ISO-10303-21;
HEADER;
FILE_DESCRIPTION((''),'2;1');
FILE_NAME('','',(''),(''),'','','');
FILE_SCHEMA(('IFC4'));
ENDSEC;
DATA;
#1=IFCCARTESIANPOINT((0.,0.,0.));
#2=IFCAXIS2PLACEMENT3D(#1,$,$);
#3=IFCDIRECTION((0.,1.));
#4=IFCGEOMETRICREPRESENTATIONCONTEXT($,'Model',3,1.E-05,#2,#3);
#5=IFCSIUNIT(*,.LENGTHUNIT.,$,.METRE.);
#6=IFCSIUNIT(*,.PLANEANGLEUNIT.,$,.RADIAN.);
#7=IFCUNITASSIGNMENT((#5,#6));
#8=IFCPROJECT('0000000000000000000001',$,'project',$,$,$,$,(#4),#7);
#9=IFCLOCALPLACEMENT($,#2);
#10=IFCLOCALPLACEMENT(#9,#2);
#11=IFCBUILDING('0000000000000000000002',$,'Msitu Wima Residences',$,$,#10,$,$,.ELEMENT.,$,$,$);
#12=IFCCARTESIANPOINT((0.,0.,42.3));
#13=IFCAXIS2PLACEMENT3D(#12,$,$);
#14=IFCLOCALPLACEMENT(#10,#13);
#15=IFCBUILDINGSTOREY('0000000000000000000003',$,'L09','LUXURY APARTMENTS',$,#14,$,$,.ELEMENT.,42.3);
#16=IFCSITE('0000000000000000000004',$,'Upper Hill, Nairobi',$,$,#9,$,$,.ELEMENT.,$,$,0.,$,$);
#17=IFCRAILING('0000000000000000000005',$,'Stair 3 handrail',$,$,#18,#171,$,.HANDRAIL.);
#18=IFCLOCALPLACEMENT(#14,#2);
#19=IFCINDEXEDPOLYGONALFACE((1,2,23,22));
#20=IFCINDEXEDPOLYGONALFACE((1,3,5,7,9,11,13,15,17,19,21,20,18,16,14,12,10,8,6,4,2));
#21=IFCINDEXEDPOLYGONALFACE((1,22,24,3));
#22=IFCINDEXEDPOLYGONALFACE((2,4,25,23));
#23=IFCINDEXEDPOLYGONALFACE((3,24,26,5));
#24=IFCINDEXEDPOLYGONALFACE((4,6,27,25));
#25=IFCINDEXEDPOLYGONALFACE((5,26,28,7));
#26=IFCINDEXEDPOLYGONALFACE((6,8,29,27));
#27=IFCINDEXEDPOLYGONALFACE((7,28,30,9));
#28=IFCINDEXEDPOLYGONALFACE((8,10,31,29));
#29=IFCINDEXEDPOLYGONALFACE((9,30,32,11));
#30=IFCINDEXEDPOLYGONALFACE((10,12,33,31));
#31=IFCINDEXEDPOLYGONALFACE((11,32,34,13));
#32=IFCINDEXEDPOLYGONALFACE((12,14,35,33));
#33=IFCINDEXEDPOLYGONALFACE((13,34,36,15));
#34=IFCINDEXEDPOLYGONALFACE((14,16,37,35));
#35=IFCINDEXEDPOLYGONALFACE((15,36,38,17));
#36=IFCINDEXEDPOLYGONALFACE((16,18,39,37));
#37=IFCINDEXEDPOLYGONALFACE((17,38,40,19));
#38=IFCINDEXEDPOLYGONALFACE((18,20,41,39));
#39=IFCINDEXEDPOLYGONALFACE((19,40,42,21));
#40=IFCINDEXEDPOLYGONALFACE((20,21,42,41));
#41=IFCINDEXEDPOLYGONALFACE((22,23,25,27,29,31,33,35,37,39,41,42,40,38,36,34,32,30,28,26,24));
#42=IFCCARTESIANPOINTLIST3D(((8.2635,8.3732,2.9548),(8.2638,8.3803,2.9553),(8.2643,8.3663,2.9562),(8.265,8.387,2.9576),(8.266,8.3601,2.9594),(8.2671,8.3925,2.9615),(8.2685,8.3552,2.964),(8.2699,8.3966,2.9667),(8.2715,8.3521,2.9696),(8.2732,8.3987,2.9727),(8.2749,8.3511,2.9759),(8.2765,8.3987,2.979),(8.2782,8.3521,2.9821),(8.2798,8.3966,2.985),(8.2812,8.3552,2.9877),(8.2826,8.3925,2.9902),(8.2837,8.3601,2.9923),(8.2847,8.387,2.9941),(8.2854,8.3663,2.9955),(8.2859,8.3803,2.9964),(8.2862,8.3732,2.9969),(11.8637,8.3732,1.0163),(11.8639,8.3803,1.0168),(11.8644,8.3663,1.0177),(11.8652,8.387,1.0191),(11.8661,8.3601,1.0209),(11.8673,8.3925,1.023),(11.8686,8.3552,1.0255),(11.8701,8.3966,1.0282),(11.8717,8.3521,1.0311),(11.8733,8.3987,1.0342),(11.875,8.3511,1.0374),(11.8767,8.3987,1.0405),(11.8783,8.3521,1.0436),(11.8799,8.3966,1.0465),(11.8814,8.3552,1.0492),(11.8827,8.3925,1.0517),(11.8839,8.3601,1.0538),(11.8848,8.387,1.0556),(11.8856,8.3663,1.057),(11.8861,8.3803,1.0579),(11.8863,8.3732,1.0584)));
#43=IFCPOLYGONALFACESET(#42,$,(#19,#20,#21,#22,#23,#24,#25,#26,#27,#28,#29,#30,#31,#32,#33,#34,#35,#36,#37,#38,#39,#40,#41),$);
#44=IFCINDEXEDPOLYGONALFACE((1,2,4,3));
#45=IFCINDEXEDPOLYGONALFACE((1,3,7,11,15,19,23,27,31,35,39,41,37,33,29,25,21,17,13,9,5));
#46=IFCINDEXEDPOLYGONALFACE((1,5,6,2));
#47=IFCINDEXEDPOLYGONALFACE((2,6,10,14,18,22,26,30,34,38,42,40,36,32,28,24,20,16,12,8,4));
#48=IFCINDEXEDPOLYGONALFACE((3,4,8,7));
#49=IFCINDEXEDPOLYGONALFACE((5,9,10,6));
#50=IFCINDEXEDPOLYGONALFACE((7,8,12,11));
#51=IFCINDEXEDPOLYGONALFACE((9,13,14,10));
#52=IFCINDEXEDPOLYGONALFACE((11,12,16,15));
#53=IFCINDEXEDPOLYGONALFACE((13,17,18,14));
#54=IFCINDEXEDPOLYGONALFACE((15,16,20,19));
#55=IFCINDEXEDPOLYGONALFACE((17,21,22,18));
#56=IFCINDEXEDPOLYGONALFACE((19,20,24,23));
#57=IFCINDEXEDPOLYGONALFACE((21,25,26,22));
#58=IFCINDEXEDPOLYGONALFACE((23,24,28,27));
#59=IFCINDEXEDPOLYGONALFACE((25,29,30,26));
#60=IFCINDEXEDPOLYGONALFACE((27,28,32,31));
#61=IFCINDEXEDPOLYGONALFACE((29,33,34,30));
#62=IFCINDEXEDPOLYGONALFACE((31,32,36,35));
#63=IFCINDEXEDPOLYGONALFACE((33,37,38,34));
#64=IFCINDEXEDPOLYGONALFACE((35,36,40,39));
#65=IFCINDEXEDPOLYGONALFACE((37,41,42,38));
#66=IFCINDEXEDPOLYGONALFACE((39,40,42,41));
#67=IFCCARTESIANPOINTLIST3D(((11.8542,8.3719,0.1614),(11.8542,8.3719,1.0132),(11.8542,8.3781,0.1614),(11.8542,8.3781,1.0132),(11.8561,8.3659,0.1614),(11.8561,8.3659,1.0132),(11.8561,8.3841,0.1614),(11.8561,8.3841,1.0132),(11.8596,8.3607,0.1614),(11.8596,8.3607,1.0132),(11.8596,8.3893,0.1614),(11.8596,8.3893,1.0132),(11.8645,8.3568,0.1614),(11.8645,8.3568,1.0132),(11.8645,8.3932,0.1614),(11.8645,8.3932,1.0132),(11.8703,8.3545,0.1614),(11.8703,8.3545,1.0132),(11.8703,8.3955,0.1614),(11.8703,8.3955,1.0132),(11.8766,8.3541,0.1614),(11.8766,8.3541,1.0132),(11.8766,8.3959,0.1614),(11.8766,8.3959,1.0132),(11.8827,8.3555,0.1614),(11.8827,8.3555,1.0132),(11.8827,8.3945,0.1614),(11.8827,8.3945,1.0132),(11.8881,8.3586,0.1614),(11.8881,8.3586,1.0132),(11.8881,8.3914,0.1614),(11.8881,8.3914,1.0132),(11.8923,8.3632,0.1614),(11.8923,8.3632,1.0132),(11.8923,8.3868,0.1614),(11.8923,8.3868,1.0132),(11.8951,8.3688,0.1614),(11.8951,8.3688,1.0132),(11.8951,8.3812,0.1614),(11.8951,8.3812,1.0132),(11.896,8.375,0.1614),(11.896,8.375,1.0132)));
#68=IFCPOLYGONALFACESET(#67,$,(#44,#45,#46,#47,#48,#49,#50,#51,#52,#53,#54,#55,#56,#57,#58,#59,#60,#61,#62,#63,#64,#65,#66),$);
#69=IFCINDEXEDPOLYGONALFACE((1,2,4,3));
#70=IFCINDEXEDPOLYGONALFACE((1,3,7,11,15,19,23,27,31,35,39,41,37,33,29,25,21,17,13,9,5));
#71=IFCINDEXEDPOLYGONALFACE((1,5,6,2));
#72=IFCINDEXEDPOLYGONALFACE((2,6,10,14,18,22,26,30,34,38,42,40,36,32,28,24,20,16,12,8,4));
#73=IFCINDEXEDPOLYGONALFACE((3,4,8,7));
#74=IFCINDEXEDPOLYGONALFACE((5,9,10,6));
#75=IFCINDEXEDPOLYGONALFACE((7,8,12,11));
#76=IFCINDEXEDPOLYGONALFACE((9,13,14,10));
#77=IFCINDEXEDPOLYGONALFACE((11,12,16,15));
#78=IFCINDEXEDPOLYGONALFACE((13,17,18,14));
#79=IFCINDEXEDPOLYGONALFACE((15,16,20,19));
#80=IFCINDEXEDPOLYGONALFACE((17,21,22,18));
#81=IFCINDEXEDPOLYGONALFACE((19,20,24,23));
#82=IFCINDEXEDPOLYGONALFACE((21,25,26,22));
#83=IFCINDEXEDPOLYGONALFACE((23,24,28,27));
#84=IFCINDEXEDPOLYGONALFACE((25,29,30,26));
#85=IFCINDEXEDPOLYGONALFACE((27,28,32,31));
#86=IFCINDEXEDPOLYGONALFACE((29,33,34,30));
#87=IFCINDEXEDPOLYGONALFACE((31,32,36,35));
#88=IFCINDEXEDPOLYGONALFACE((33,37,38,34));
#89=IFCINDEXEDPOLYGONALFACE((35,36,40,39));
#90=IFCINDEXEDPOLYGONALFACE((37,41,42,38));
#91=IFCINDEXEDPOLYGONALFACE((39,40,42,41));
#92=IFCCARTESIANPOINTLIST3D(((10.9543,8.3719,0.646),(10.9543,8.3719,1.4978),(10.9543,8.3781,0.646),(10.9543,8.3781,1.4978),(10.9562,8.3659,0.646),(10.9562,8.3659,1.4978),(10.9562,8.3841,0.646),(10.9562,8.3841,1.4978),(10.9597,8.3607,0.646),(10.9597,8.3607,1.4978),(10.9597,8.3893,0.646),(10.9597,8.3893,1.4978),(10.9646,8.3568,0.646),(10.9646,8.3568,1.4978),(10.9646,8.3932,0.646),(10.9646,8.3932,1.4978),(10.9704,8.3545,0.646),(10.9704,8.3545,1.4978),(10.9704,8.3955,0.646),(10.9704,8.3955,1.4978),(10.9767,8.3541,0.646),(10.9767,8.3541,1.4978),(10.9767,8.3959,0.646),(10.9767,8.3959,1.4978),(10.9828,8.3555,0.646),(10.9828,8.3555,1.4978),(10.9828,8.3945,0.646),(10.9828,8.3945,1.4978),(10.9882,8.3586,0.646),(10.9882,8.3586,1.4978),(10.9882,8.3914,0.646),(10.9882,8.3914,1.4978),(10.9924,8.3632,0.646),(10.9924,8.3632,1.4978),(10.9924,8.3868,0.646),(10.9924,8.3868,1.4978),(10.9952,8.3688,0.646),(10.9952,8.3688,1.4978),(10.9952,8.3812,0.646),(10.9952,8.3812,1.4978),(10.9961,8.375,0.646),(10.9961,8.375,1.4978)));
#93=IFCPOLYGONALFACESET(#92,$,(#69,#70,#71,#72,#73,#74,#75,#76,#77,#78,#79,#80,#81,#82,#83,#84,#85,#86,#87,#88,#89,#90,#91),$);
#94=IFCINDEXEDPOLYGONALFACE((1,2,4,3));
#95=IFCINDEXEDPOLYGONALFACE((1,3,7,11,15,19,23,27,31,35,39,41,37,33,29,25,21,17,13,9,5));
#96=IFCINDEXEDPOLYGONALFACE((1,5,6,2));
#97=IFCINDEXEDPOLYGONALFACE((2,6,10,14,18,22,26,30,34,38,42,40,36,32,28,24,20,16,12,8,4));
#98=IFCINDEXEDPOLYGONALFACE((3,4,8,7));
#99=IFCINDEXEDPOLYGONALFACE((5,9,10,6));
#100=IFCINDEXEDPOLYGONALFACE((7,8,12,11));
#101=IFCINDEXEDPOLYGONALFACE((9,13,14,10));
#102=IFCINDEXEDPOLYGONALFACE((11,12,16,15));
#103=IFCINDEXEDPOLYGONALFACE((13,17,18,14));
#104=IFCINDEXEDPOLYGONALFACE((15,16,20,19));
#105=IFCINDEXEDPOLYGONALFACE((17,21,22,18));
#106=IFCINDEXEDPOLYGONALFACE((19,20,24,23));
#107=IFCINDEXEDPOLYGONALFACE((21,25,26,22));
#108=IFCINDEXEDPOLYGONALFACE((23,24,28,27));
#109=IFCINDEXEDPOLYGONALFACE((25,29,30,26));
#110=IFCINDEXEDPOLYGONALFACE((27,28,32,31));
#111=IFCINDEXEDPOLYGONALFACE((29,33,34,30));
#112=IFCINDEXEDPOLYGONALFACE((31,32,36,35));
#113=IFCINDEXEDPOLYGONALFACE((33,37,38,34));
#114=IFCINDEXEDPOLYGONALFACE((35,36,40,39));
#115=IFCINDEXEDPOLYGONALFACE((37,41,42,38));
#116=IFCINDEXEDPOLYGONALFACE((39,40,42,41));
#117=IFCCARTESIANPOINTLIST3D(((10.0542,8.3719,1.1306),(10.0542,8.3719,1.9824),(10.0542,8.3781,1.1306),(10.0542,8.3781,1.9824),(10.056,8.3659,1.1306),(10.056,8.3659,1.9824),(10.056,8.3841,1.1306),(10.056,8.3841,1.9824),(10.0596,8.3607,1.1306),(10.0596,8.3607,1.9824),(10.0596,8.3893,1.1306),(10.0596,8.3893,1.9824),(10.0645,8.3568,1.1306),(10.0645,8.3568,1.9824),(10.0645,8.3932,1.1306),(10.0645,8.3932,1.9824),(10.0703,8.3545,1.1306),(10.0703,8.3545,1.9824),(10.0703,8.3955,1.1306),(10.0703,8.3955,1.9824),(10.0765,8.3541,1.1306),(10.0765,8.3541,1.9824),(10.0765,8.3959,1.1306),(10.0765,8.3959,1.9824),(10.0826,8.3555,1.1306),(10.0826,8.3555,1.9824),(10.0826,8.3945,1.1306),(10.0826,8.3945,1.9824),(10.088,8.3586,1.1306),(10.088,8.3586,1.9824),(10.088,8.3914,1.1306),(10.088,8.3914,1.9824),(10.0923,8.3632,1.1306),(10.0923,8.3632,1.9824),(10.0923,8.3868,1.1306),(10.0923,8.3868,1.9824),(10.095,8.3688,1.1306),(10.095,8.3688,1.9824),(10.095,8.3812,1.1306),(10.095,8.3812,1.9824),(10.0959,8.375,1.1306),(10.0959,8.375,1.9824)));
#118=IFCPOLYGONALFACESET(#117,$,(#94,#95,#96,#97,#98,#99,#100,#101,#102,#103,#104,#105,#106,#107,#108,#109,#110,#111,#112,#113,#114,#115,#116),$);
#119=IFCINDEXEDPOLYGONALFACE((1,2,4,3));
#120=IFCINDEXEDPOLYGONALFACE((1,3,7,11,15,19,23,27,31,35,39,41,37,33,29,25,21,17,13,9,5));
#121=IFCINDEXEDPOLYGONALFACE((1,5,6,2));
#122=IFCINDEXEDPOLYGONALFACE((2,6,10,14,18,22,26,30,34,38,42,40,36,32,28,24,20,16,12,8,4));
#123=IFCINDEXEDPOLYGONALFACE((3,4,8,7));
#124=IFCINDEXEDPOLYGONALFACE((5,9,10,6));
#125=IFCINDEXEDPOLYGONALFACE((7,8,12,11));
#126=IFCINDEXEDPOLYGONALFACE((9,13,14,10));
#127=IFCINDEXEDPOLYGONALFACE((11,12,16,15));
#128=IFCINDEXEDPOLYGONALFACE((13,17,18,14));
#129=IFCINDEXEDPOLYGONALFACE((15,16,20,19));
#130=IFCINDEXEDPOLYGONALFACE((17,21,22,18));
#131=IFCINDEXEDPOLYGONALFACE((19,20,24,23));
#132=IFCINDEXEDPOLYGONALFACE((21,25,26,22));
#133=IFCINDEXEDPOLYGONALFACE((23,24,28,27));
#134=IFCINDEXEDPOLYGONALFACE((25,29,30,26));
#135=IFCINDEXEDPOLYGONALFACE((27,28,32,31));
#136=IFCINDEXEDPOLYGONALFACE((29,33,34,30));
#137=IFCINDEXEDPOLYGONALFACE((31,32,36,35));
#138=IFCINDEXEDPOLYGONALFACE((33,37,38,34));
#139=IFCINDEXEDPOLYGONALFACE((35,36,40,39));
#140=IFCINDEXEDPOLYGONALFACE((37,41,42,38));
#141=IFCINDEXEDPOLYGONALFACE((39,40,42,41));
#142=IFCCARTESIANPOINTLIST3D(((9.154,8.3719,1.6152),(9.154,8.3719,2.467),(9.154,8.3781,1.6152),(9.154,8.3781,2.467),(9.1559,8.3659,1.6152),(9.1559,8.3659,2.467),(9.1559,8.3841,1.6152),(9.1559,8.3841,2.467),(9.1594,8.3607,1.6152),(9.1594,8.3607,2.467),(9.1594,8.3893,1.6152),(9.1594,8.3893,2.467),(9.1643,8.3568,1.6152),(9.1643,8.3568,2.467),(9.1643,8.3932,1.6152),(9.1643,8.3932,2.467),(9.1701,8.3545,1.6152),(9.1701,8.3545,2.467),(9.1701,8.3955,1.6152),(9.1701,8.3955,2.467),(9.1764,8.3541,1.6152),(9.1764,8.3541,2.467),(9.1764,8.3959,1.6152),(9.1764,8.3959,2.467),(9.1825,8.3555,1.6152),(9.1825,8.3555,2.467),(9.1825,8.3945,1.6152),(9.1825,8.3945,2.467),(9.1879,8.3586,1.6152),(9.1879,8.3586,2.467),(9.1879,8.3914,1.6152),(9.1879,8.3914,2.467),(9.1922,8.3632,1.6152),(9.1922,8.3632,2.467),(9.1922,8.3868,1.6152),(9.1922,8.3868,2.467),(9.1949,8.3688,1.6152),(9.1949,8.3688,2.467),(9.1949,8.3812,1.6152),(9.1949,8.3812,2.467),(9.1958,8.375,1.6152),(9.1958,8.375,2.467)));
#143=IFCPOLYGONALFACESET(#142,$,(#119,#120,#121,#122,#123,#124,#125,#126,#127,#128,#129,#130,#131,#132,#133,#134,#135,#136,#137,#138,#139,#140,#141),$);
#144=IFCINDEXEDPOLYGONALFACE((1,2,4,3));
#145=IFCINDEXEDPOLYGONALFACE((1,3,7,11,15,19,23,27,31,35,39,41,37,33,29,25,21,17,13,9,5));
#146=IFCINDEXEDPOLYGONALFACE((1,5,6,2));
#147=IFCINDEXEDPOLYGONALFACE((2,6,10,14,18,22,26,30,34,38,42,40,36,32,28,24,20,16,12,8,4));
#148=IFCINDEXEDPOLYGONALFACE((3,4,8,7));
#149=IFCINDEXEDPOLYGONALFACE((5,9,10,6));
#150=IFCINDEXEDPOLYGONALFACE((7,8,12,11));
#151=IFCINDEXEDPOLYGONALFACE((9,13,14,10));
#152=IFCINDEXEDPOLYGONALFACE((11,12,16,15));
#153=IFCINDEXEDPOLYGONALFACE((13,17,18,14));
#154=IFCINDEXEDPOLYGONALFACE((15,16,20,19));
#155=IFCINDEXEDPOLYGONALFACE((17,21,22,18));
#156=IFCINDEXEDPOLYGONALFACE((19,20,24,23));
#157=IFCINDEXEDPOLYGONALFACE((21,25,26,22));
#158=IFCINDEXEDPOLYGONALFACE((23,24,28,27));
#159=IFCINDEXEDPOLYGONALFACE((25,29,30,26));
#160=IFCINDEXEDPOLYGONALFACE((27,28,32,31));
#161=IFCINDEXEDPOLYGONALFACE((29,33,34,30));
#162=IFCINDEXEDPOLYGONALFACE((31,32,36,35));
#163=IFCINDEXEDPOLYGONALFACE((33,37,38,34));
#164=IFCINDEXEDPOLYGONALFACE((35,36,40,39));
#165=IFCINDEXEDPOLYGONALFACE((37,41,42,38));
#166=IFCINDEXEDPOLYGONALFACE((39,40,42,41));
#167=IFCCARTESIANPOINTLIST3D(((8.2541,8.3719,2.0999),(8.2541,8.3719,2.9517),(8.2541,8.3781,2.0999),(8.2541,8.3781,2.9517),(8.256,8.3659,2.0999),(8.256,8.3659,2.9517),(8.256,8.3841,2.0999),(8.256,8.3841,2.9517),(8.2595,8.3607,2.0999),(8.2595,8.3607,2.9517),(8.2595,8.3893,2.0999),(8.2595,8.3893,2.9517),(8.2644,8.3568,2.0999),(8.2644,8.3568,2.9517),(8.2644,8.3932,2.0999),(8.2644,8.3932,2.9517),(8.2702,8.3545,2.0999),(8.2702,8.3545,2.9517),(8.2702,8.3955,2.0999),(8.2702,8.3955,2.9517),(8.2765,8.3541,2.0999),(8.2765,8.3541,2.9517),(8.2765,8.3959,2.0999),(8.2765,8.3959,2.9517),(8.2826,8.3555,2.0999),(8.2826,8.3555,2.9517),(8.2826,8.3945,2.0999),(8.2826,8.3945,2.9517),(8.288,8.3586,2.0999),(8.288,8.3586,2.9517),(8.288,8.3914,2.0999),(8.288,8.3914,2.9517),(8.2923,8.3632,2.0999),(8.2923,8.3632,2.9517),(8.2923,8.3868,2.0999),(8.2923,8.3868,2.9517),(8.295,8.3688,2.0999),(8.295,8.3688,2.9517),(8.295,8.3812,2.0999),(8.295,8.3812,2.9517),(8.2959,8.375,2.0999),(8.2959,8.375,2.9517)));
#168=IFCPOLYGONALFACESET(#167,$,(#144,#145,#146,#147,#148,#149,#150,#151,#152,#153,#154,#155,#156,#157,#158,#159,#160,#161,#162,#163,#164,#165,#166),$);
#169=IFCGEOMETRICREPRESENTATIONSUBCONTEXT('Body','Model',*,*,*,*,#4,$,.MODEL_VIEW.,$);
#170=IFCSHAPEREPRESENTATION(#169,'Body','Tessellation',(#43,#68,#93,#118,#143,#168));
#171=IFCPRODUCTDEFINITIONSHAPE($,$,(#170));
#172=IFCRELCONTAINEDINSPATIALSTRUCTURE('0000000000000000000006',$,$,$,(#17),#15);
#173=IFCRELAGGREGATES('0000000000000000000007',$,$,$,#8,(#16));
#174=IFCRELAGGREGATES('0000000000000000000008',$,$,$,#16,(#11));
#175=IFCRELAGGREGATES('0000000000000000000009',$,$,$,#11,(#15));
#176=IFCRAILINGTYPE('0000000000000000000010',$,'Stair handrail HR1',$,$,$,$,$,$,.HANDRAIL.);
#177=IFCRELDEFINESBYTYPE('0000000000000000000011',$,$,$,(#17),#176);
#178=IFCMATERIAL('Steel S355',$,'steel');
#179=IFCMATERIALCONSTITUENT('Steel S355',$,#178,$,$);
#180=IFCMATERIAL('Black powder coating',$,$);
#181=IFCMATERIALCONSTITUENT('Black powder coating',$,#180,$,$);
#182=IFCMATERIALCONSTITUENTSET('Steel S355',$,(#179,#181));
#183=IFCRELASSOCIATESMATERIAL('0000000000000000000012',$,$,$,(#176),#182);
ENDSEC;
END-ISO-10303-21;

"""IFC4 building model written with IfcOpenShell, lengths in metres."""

from ifc_helpers import new_model, si_unit, direction, frame, origin, origin_2d, place, context, subcontext, project, spatial, circle, extrude, material, constituent, constituent_set, type_object, element, save


model = new_model("IFC4")

# Units and contexts
model_context = context("Model", 3, precision=1e-05, world=origin(), true_north=direction((0.0, 1.0)))
body_context = subcontext(model_context, "Body", "Model", "MODEL_VIEW")
ifc_project = project(units=[si_unit("LENGTHUNIT", "METRE"), si_unit("PLANEANGLEUNIT", "RADIAN")], contexts=[model_context])

# Site, building, storey
site_placement = place(None, origin())
site = spatial("IfcSite", under=ifc_project, at=site_placement, Name="Upper Hill, Nairobi", CompositionType="ELEMENT", RefElevation=0.0)
building_placement = place(site_placement, origin())
building = spatial("IfcBuilding", under=site, at=building_placement, Name="Msitu Wima Residences", CompositionType="ELEMENT")
storey_placement = place(building_placement, frame((0.0, 0.0, 42.3)))
storey = spatial("IfcBuildingStorey", under=building, at=storey_placement, Name="L09", Description="LUXURY APARTMENTS", CompositionType="ELEMENT", Elevation=42.3)

# Railing
ifc_material_1 = material(Name="Steel S355", Category="steel")
ifc_constituent_1 = constituent(ifc_material_1, Name="Steel S355")
ifc_material_2 = material(Name="Black powder coating")
ifc_constituent_2 = constituent(ifc_material_2, Name="Black powder coating")
ifc_constituent_set_1 = constituent_set(constituents=[ifc_constituent_1, ifc_constituent_2], Name="Steel S355")
railing_type_1 = type_object("IfcRailingType", Name="Stair handrail HR1", PredefinedType="HANDRAIL", material=ifc_constituent_set_1)
for number, where, name in (
    (1, (11.875, 8.375, 0.1614), "Stair 3 handrail"),
):
    element("IfcRailing", number, at=place(storey_placement, frame(where)), inside=storey, type_object=railing_type_1, Name=name, PredefinedType="HANDRAIL", context=body_context, shape_type="SweptSolid", body=[
        extrude(circle(Radius=0.0239, at=origin_2d()), frame((0.0, 0.0, 0.876), z_axis=(-0.880475, 0.0, 0.474093), x_axis=(0.0, -1.0, 0.0)), (0.0, 0.0, 1.0), 4.0889),
        extrude(circle(Radius=0.021, at=origin_2d()), origin(), (0.0, 0.0, 1.0), 0.8518),
        extrude(circle(Radius=0.021, at=origin_2d()), frame((-0.8999, 0.0, 0.4846)), (0.0, 0.0, 1.0), 0.8518),
        extrude(circle(Radius=0.021, at=origin_2d()), frame((-1.8, 0.0, 0.9692)), (0.0, 0.0, 1.0), 0.8518),
        extrude(circle(Radius=0.021, at=origin_2d()), frame((-2.7002, 0.0, 1.4539)), (0.0, 0.0, 1.0), 0.8518),
        extrude(circle(Radius=0.021, at=origin_2d()), frame((-3.6001, 0.0, 1.9385)), (0.0, 0.0, 1.0), 0.8518),
    ])

save(model, "model.ifc")
